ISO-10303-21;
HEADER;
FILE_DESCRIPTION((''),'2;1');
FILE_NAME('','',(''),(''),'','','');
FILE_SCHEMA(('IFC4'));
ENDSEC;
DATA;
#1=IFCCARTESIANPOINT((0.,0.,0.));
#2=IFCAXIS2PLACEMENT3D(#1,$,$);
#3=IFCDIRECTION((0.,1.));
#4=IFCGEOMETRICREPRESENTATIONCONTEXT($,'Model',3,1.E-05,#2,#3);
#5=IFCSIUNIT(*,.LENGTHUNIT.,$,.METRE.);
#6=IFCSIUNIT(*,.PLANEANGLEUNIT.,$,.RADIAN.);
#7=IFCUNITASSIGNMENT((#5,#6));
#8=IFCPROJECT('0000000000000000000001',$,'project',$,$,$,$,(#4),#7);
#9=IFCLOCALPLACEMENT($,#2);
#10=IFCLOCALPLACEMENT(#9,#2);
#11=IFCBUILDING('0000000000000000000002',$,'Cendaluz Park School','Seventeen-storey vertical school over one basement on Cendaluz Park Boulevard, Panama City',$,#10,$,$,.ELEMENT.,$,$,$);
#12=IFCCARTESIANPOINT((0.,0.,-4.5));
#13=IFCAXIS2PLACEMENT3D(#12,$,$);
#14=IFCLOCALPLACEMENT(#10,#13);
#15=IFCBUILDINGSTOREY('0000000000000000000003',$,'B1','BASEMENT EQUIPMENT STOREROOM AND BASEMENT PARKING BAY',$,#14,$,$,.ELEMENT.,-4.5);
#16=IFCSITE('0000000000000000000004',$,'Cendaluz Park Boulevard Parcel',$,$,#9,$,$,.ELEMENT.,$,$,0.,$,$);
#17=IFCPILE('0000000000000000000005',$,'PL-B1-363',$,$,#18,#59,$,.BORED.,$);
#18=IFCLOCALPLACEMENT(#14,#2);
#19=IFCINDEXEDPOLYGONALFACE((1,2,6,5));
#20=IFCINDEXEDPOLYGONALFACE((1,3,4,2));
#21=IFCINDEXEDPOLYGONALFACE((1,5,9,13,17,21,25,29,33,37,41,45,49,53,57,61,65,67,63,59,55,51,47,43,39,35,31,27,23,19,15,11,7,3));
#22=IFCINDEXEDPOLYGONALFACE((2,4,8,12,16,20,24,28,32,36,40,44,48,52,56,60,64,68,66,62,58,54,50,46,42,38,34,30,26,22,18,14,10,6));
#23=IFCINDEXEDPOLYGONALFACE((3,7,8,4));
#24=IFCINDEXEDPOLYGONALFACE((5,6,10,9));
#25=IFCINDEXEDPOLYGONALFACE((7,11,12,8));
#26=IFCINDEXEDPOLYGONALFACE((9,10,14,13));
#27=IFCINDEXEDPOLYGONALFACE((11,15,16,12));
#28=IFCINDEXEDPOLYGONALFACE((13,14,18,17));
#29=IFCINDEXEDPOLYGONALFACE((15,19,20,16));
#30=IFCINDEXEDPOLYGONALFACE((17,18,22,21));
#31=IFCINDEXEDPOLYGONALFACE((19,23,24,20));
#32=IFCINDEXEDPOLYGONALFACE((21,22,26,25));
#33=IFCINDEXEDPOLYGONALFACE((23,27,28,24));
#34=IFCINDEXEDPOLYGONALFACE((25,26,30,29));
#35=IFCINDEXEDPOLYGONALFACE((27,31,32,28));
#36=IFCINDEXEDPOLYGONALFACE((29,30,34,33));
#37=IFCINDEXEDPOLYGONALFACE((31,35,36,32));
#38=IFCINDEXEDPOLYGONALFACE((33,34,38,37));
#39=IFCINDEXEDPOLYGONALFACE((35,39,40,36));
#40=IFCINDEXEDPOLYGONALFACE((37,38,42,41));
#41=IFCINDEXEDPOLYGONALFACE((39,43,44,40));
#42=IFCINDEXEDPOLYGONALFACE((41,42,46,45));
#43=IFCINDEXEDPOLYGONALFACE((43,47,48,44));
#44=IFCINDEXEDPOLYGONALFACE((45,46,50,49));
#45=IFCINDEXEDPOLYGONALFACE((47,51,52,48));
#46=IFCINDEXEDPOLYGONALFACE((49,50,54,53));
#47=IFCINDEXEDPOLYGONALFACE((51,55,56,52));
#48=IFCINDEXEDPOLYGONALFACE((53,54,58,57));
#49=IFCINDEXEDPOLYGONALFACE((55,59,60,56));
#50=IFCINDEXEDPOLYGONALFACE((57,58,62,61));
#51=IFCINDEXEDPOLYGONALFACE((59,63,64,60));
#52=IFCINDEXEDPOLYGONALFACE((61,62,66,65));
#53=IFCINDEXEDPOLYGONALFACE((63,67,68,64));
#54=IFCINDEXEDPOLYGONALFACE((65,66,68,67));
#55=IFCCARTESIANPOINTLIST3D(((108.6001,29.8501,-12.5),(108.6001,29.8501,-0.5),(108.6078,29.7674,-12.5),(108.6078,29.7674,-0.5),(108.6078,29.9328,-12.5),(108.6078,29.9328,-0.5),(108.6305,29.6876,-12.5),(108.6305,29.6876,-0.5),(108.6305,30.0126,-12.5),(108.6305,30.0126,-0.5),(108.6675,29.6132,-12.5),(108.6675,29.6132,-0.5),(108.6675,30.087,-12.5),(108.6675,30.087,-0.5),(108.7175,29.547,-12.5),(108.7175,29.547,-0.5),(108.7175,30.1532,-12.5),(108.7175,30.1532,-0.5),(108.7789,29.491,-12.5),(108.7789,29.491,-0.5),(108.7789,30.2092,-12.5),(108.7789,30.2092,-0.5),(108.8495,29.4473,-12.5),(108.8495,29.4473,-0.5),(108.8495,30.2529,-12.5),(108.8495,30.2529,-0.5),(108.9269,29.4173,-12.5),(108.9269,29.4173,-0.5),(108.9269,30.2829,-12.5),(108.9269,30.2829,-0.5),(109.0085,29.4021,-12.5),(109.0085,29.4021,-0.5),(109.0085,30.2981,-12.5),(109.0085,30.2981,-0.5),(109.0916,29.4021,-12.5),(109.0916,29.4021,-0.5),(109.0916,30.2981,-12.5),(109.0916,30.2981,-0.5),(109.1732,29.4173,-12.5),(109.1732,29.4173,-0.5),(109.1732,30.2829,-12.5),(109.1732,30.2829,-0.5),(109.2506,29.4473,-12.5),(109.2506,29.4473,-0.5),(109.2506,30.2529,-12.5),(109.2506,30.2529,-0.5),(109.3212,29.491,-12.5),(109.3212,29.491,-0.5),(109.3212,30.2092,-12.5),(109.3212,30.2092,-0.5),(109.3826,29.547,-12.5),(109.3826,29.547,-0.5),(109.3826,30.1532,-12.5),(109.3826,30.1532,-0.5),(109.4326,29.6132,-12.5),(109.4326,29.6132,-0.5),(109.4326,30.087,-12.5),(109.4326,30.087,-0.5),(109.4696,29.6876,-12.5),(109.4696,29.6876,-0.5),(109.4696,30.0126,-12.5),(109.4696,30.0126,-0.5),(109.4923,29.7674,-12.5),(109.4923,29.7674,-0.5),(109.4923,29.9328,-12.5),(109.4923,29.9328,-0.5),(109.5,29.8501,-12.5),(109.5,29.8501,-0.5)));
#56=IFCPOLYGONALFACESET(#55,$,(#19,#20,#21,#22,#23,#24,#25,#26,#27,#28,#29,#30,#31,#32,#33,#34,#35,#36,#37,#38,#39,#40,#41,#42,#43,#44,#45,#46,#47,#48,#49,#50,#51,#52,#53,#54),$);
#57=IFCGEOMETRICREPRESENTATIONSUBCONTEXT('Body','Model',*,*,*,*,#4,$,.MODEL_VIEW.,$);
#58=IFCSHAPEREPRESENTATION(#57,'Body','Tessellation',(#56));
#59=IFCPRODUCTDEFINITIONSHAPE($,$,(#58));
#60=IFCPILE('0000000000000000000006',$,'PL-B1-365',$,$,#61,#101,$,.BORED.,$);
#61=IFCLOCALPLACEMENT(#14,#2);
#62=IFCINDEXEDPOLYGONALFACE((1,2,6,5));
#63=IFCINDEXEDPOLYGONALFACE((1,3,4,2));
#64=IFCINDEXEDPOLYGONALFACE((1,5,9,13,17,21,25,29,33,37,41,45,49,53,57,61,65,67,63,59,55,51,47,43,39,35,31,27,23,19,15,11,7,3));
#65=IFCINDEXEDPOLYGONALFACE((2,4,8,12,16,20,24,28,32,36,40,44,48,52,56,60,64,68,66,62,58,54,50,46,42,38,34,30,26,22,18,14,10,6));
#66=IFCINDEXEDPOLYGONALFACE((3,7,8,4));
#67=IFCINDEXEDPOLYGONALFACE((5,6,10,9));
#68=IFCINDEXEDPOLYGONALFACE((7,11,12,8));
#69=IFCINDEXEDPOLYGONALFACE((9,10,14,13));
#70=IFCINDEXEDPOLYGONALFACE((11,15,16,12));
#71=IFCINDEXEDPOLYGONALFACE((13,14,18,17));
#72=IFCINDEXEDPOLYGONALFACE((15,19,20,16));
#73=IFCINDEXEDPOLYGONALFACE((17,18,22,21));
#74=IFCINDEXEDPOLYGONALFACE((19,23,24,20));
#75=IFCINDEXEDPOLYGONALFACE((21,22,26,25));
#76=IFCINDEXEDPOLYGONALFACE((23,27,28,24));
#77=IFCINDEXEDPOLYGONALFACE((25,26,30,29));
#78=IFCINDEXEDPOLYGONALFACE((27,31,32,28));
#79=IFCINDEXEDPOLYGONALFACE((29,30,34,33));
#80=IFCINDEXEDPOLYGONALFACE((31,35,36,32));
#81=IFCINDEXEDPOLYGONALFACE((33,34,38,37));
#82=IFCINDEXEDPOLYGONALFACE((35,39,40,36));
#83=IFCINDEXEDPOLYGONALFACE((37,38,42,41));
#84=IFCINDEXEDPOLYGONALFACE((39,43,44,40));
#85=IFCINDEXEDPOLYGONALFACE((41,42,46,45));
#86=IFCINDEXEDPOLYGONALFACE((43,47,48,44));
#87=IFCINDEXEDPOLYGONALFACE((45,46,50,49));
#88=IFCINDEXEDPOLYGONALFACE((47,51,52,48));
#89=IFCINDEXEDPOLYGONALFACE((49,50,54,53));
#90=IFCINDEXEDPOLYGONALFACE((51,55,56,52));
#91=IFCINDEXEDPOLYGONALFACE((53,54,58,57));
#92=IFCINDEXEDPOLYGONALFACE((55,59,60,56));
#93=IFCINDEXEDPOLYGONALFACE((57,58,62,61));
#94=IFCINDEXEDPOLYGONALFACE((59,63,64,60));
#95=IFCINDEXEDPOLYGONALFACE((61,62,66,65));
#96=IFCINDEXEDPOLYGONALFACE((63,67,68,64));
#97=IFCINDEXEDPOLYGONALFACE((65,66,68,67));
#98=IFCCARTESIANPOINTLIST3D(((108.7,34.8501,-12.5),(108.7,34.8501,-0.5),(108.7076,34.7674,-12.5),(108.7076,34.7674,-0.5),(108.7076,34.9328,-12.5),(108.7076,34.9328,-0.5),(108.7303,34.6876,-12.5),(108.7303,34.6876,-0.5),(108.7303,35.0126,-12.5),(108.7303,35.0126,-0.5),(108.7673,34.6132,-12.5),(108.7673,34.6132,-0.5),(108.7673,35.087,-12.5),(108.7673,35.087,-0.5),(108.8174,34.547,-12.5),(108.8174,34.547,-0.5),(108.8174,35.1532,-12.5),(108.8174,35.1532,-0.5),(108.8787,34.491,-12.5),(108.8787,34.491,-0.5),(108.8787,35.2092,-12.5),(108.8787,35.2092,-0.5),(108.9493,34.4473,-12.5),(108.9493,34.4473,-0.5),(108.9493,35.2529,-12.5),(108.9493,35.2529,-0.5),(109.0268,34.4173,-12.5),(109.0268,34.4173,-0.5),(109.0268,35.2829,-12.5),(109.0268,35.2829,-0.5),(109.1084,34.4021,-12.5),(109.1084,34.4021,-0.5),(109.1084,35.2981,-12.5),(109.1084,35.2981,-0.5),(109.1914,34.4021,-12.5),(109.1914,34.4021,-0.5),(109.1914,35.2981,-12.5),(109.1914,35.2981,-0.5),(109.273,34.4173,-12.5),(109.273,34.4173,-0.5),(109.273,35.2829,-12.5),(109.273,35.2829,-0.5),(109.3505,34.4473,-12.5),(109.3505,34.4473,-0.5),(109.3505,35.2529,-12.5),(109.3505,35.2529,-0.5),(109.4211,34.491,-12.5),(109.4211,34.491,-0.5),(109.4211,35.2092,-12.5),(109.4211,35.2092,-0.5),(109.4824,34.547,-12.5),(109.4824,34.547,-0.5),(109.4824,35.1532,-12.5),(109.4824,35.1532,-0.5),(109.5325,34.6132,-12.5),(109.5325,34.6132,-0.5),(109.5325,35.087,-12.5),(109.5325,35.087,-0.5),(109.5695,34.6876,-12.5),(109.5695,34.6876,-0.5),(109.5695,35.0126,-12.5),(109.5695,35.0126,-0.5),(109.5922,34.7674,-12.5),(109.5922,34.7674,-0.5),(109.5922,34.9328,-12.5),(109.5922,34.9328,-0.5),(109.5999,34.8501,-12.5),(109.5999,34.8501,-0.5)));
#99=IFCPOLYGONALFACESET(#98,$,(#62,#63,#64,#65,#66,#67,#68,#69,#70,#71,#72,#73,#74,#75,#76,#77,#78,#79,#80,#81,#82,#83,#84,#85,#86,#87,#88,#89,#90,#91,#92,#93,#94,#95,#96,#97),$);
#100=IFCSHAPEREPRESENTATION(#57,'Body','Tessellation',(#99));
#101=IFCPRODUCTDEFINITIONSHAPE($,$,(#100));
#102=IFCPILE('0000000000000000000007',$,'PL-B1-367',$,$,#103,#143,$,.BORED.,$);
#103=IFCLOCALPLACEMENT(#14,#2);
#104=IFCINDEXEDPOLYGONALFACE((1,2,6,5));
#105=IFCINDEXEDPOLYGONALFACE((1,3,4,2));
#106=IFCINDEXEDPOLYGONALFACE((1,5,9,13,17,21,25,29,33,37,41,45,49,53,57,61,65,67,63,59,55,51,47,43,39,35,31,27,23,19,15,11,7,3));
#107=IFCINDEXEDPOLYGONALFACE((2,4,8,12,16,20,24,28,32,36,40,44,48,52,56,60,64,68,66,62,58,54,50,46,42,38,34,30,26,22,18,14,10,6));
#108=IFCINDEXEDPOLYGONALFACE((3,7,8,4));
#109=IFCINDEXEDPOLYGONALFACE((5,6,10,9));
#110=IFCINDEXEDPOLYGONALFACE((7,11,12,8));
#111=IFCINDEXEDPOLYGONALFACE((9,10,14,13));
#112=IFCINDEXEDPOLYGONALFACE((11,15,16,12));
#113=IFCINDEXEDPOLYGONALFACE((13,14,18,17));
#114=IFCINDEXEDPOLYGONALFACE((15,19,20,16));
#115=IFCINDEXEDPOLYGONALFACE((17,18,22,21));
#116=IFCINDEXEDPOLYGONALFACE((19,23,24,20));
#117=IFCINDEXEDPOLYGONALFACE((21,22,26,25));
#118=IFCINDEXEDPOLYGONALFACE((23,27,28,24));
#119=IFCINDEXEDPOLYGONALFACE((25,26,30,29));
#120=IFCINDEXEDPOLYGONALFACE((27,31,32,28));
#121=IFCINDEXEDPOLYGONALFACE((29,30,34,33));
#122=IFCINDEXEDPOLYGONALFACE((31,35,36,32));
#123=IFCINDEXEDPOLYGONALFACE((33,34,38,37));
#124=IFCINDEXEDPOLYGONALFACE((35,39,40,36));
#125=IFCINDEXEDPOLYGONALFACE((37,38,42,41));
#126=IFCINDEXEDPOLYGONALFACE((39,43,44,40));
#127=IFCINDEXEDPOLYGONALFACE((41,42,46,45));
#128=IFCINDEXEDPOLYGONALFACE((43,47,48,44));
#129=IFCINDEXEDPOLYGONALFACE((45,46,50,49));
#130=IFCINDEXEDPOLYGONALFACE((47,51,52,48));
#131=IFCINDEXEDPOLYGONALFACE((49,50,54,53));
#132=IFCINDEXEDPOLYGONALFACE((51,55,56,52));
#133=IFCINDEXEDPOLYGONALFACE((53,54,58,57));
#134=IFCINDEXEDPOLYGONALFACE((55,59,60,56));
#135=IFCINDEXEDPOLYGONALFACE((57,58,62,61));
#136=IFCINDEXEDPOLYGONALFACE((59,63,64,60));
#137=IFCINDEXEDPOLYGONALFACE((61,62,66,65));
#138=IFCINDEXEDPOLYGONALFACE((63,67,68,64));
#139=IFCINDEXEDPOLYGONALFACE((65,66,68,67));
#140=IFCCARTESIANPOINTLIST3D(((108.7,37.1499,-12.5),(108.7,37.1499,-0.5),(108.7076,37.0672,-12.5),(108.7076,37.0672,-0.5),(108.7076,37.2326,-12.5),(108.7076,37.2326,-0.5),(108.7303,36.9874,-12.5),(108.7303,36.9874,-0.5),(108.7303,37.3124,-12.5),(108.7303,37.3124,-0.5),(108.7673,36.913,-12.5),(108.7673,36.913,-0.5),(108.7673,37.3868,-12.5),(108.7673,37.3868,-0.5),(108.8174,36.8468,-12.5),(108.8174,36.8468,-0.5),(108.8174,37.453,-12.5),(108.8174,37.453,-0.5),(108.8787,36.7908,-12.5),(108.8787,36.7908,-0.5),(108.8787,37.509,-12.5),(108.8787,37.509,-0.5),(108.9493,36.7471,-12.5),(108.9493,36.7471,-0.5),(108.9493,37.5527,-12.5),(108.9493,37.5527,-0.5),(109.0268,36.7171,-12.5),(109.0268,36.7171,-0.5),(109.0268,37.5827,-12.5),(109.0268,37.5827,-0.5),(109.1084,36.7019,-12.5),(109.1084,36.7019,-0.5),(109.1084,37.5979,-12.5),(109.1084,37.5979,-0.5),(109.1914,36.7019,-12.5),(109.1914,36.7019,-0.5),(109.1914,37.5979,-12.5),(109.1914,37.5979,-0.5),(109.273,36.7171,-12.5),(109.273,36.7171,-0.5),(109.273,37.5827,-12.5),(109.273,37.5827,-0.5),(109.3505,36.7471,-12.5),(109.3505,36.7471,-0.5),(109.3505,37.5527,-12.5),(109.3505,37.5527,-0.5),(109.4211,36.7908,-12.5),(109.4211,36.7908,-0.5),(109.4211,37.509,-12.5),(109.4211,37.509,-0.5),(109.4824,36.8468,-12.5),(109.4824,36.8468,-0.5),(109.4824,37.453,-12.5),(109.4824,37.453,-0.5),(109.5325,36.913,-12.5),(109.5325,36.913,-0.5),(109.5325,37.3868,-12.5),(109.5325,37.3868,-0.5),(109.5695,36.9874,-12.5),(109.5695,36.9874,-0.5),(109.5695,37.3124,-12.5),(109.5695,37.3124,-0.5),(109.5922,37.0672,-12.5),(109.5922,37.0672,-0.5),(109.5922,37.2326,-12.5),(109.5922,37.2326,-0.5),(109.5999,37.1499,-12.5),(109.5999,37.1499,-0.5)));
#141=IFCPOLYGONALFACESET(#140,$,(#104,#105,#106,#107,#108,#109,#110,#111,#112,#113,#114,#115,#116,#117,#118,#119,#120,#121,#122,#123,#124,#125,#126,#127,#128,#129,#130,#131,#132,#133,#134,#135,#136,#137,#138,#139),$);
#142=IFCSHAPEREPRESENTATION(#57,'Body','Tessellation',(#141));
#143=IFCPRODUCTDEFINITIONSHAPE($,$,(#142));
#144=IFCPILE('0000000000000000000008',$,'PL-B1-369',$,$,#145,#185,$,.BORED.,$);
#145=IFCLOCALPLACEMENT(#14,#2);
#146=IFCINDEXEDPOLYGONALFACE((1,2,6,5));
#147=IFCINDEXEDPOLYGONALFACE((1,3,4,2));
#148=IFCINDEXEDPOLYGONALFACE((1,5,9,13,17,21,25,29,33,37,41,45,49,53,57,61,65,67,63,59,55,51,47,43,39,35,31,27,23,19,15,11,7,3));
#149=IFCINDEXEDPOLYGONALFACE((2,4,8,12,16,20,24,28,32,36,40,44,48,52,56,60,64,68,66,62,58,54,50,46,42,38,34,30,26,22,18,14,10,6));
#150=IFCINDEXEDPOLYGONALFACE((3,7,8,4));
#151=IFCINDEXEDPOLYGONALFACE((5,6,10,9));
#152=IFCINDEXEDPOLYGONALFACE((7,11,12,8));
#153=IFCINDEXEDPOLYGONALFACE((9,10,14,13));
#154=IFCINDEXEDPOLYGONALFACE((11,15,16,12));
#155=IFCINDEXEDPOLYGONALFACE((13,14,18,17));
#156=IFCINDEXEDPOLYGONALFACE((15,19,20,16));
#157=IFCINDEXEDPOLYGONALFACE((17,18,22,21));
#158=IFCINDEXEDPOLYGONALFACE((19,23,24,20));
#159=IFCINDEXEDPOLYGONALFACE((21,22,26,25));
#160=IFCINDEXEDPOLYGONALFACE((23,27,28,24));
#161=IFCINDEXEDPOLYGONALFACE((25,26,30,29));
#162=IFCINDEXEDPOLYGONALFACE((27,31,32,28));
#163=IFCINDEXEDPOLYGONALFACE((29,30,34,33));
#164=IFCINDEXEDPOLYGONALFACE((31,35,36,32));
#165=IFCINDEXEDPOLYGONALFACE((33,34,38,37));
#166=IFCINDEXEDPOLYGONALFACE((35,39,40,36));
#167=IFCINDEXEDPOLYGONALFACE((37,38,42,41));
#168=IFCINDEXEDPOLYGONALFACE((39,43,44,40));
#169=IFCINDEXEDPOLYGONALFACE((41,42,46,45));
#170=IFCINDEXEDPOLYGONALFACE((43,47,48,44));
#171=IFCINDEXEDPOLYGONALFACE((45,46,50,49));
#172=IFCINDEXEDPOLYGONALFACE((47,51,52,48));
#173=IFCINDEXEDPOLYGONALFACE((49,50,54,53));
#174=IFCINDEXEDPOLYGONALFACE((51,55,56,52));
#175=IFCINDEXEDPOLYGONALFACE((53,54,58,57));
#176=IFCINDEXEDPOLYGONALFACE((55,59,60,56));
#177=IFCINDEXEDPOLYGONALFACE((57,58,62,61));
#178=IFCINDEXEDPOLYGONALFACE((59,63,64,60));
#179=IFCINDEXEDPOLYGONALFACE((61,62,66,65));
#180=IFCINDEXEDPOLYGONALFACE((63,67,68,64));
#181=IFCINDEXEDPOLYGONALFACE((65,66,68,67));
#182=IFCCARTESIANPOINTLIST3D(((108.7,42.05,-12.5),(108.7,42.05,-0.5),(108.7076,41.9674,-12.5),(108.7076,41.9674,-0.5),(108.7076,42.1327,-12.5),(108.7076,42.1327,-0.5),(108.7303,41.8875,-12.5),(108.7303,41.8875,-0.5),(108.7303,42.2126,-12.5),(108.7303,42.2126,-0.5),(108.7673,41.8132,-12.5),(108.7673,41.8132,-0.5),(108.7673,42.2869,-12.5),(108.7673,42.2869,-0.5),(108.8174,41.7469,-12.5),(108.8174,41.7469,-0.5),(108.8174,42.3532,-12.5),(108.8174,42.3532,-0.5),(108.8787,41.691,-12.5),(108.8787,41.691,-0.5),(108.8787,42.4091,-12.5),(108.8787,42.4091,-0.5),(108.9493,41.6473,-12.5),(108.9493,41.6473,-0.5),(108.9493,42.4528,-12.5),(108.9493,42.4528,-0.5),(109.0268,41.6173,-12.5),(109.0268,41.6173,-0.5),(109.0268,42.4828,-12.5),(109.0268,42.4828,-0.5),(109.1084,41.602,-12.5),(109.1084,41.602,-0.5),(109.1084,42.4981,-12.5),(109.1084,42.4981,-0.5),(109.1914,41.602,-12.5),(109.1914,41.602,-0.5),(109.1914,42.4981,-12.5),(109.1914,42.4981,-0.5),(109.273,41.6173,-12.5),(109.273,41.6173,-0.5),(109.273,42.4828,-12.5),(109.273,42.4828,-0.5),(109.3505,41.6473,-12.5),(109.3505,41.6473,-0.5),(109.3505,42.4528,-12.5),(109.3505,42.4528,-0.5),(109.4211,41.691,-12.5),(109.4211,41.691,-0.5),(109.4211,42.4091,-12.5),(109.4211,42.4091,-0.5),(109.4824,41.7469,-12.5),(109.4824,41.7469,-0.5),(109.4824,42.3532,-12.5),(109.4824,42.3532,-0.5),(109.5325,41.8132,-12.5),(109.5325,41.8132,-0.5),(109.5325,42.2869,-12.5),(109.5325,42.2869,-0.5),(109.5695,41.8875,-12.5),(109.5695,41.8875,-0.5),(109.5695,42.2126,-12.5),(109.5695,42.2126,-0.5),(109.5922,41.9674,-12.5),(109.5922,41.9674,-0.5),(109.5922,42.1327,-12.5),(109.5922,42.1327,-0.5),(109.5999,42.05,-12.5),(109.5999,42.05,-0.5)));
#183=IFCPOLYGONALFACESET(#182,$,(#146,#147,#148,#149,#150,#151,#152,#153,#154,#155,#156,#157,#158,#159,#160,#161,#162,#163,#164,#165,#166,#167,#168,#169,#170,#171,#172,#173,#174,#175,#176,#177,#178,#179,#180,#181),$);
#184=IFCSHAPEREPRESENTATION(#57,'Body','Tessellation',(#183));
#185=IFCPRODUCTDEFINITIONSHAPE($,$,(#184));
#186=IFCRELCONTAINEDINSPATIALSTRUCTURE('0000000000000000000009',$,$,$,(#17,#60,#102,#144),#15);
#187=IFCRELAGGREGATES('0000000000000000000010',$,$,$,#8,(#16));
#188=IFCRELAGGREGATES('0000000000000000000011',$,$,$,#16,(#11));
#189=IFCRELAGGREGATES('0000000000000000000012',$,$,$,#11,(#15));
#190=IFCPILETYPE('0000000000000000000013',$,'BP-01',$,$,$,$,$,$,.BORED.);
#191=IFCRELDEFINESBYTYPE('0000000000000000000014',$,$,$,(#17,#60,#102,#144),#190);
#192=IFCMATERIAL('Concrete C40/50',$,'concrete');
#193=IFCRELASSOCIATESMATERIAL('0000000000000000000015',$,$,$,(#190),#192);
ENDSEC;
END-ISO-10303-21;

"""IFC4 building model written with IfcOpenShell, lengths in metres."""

from ifc_helpers import new_model, si_unit, direction, frame, origin, origin_2d, place, context, subcontext, project, spatial, circle, extrude, material, material_profile, profile_set, type_object, element, save


model = new_model("IFC4")

# Units and contexts
model_context = context("Model", 3, precision=1e-05, world=origin(), true_north=direction((0.0, 1.0)))
body_context = subcontext(model_context, "Body", "Model", "MODEL_VIEW")
ifc_project = project(units=[si_unit("LENGTHUNIT", "METRE"), si_unit("PLANEANGLEUNIT", "RADIAN")], contexts=[model_context])

# Site, building, storey
site_placement = place(None, origin())
site = spatial("IfcSite", under=ifc_project, at=site_placement, Name="Cendaluz Park Boulevard Parcel", CompositionType="ELEMENT", RefElevation=0.0)
building_placement = place(site_placement, origin())
building = spatial("IfcBuilding", under=site, at=building_placement, Name="Cendaluz Park School", Description="Seventeen-storey vertical school over one basement on Cendaluz Park Boulevard, Panama City", CompositionType="ELEMENT")
storey_placement = place(building_placement, frame((0.0, 0.0, -4.5)))
storey = spatial("IfcBuildingStorey", under=building, at=storey_placement, Name="B1", Description="BASEMENT EQUIPMENT STOREROOM AND BASEMENT PARKING BAY", CompositionType="ELEMENT", Elevation=-4.5)

# Piles
ifc_material = material(Name="Concrete C40/50", Category="concrete")
ifc_material_profile_1 = material_profile(ifc_material, circle(Radius=0.45, at=origin_2d()), Name="BP D900", Category="concrete")
ifc_profile_set_1 = profile_set([ifc_material_profile_1], Name="Concrete C40/50")
pile_type = type_object("IfcPileType", Name="BP-01", PredefinedType="BORED", material=ifc_profile_set_1)
for number, where, z_axis, x_axis, name in (
    (1, (109.05, 29.8501, -0.5), (0.0, 0.0, -1.0), (1.0, 0.0, 0.0), "PL-B1-363"),
    (2, (109.1499, 34.8501, -0.5), (0.0, 0.0, -1.0), (1.0, 0.0, 0.0), "PL-B1-365"),
    (3, (109.1499, 37.1499, -0.5), (0.0, 0.0, -1.0), (1.0, 0.0, 0.0), "PL-B1-367"),
    (4, (109.1499, 42.05, -0.5), (0.0, 0.0, -1.0), (1.0, 0.0, 0.0), "PL-B1-369"),
):
    element("IfcPile", number, at=place(storey_placement, frame(where, z_axis=z_axis, x_axis=x_axis)), inside=storey, type_object=pile_type, Name=name, PredefinedType="BORED", context=body_context, shape_type="SweptSolid", body=[
        extrude(circle(Radius=0.45, at=origin_2d()), origin(), (0.0, 0.0, 1.0), 12.0),
    ])

save(model, "model.ifc")
